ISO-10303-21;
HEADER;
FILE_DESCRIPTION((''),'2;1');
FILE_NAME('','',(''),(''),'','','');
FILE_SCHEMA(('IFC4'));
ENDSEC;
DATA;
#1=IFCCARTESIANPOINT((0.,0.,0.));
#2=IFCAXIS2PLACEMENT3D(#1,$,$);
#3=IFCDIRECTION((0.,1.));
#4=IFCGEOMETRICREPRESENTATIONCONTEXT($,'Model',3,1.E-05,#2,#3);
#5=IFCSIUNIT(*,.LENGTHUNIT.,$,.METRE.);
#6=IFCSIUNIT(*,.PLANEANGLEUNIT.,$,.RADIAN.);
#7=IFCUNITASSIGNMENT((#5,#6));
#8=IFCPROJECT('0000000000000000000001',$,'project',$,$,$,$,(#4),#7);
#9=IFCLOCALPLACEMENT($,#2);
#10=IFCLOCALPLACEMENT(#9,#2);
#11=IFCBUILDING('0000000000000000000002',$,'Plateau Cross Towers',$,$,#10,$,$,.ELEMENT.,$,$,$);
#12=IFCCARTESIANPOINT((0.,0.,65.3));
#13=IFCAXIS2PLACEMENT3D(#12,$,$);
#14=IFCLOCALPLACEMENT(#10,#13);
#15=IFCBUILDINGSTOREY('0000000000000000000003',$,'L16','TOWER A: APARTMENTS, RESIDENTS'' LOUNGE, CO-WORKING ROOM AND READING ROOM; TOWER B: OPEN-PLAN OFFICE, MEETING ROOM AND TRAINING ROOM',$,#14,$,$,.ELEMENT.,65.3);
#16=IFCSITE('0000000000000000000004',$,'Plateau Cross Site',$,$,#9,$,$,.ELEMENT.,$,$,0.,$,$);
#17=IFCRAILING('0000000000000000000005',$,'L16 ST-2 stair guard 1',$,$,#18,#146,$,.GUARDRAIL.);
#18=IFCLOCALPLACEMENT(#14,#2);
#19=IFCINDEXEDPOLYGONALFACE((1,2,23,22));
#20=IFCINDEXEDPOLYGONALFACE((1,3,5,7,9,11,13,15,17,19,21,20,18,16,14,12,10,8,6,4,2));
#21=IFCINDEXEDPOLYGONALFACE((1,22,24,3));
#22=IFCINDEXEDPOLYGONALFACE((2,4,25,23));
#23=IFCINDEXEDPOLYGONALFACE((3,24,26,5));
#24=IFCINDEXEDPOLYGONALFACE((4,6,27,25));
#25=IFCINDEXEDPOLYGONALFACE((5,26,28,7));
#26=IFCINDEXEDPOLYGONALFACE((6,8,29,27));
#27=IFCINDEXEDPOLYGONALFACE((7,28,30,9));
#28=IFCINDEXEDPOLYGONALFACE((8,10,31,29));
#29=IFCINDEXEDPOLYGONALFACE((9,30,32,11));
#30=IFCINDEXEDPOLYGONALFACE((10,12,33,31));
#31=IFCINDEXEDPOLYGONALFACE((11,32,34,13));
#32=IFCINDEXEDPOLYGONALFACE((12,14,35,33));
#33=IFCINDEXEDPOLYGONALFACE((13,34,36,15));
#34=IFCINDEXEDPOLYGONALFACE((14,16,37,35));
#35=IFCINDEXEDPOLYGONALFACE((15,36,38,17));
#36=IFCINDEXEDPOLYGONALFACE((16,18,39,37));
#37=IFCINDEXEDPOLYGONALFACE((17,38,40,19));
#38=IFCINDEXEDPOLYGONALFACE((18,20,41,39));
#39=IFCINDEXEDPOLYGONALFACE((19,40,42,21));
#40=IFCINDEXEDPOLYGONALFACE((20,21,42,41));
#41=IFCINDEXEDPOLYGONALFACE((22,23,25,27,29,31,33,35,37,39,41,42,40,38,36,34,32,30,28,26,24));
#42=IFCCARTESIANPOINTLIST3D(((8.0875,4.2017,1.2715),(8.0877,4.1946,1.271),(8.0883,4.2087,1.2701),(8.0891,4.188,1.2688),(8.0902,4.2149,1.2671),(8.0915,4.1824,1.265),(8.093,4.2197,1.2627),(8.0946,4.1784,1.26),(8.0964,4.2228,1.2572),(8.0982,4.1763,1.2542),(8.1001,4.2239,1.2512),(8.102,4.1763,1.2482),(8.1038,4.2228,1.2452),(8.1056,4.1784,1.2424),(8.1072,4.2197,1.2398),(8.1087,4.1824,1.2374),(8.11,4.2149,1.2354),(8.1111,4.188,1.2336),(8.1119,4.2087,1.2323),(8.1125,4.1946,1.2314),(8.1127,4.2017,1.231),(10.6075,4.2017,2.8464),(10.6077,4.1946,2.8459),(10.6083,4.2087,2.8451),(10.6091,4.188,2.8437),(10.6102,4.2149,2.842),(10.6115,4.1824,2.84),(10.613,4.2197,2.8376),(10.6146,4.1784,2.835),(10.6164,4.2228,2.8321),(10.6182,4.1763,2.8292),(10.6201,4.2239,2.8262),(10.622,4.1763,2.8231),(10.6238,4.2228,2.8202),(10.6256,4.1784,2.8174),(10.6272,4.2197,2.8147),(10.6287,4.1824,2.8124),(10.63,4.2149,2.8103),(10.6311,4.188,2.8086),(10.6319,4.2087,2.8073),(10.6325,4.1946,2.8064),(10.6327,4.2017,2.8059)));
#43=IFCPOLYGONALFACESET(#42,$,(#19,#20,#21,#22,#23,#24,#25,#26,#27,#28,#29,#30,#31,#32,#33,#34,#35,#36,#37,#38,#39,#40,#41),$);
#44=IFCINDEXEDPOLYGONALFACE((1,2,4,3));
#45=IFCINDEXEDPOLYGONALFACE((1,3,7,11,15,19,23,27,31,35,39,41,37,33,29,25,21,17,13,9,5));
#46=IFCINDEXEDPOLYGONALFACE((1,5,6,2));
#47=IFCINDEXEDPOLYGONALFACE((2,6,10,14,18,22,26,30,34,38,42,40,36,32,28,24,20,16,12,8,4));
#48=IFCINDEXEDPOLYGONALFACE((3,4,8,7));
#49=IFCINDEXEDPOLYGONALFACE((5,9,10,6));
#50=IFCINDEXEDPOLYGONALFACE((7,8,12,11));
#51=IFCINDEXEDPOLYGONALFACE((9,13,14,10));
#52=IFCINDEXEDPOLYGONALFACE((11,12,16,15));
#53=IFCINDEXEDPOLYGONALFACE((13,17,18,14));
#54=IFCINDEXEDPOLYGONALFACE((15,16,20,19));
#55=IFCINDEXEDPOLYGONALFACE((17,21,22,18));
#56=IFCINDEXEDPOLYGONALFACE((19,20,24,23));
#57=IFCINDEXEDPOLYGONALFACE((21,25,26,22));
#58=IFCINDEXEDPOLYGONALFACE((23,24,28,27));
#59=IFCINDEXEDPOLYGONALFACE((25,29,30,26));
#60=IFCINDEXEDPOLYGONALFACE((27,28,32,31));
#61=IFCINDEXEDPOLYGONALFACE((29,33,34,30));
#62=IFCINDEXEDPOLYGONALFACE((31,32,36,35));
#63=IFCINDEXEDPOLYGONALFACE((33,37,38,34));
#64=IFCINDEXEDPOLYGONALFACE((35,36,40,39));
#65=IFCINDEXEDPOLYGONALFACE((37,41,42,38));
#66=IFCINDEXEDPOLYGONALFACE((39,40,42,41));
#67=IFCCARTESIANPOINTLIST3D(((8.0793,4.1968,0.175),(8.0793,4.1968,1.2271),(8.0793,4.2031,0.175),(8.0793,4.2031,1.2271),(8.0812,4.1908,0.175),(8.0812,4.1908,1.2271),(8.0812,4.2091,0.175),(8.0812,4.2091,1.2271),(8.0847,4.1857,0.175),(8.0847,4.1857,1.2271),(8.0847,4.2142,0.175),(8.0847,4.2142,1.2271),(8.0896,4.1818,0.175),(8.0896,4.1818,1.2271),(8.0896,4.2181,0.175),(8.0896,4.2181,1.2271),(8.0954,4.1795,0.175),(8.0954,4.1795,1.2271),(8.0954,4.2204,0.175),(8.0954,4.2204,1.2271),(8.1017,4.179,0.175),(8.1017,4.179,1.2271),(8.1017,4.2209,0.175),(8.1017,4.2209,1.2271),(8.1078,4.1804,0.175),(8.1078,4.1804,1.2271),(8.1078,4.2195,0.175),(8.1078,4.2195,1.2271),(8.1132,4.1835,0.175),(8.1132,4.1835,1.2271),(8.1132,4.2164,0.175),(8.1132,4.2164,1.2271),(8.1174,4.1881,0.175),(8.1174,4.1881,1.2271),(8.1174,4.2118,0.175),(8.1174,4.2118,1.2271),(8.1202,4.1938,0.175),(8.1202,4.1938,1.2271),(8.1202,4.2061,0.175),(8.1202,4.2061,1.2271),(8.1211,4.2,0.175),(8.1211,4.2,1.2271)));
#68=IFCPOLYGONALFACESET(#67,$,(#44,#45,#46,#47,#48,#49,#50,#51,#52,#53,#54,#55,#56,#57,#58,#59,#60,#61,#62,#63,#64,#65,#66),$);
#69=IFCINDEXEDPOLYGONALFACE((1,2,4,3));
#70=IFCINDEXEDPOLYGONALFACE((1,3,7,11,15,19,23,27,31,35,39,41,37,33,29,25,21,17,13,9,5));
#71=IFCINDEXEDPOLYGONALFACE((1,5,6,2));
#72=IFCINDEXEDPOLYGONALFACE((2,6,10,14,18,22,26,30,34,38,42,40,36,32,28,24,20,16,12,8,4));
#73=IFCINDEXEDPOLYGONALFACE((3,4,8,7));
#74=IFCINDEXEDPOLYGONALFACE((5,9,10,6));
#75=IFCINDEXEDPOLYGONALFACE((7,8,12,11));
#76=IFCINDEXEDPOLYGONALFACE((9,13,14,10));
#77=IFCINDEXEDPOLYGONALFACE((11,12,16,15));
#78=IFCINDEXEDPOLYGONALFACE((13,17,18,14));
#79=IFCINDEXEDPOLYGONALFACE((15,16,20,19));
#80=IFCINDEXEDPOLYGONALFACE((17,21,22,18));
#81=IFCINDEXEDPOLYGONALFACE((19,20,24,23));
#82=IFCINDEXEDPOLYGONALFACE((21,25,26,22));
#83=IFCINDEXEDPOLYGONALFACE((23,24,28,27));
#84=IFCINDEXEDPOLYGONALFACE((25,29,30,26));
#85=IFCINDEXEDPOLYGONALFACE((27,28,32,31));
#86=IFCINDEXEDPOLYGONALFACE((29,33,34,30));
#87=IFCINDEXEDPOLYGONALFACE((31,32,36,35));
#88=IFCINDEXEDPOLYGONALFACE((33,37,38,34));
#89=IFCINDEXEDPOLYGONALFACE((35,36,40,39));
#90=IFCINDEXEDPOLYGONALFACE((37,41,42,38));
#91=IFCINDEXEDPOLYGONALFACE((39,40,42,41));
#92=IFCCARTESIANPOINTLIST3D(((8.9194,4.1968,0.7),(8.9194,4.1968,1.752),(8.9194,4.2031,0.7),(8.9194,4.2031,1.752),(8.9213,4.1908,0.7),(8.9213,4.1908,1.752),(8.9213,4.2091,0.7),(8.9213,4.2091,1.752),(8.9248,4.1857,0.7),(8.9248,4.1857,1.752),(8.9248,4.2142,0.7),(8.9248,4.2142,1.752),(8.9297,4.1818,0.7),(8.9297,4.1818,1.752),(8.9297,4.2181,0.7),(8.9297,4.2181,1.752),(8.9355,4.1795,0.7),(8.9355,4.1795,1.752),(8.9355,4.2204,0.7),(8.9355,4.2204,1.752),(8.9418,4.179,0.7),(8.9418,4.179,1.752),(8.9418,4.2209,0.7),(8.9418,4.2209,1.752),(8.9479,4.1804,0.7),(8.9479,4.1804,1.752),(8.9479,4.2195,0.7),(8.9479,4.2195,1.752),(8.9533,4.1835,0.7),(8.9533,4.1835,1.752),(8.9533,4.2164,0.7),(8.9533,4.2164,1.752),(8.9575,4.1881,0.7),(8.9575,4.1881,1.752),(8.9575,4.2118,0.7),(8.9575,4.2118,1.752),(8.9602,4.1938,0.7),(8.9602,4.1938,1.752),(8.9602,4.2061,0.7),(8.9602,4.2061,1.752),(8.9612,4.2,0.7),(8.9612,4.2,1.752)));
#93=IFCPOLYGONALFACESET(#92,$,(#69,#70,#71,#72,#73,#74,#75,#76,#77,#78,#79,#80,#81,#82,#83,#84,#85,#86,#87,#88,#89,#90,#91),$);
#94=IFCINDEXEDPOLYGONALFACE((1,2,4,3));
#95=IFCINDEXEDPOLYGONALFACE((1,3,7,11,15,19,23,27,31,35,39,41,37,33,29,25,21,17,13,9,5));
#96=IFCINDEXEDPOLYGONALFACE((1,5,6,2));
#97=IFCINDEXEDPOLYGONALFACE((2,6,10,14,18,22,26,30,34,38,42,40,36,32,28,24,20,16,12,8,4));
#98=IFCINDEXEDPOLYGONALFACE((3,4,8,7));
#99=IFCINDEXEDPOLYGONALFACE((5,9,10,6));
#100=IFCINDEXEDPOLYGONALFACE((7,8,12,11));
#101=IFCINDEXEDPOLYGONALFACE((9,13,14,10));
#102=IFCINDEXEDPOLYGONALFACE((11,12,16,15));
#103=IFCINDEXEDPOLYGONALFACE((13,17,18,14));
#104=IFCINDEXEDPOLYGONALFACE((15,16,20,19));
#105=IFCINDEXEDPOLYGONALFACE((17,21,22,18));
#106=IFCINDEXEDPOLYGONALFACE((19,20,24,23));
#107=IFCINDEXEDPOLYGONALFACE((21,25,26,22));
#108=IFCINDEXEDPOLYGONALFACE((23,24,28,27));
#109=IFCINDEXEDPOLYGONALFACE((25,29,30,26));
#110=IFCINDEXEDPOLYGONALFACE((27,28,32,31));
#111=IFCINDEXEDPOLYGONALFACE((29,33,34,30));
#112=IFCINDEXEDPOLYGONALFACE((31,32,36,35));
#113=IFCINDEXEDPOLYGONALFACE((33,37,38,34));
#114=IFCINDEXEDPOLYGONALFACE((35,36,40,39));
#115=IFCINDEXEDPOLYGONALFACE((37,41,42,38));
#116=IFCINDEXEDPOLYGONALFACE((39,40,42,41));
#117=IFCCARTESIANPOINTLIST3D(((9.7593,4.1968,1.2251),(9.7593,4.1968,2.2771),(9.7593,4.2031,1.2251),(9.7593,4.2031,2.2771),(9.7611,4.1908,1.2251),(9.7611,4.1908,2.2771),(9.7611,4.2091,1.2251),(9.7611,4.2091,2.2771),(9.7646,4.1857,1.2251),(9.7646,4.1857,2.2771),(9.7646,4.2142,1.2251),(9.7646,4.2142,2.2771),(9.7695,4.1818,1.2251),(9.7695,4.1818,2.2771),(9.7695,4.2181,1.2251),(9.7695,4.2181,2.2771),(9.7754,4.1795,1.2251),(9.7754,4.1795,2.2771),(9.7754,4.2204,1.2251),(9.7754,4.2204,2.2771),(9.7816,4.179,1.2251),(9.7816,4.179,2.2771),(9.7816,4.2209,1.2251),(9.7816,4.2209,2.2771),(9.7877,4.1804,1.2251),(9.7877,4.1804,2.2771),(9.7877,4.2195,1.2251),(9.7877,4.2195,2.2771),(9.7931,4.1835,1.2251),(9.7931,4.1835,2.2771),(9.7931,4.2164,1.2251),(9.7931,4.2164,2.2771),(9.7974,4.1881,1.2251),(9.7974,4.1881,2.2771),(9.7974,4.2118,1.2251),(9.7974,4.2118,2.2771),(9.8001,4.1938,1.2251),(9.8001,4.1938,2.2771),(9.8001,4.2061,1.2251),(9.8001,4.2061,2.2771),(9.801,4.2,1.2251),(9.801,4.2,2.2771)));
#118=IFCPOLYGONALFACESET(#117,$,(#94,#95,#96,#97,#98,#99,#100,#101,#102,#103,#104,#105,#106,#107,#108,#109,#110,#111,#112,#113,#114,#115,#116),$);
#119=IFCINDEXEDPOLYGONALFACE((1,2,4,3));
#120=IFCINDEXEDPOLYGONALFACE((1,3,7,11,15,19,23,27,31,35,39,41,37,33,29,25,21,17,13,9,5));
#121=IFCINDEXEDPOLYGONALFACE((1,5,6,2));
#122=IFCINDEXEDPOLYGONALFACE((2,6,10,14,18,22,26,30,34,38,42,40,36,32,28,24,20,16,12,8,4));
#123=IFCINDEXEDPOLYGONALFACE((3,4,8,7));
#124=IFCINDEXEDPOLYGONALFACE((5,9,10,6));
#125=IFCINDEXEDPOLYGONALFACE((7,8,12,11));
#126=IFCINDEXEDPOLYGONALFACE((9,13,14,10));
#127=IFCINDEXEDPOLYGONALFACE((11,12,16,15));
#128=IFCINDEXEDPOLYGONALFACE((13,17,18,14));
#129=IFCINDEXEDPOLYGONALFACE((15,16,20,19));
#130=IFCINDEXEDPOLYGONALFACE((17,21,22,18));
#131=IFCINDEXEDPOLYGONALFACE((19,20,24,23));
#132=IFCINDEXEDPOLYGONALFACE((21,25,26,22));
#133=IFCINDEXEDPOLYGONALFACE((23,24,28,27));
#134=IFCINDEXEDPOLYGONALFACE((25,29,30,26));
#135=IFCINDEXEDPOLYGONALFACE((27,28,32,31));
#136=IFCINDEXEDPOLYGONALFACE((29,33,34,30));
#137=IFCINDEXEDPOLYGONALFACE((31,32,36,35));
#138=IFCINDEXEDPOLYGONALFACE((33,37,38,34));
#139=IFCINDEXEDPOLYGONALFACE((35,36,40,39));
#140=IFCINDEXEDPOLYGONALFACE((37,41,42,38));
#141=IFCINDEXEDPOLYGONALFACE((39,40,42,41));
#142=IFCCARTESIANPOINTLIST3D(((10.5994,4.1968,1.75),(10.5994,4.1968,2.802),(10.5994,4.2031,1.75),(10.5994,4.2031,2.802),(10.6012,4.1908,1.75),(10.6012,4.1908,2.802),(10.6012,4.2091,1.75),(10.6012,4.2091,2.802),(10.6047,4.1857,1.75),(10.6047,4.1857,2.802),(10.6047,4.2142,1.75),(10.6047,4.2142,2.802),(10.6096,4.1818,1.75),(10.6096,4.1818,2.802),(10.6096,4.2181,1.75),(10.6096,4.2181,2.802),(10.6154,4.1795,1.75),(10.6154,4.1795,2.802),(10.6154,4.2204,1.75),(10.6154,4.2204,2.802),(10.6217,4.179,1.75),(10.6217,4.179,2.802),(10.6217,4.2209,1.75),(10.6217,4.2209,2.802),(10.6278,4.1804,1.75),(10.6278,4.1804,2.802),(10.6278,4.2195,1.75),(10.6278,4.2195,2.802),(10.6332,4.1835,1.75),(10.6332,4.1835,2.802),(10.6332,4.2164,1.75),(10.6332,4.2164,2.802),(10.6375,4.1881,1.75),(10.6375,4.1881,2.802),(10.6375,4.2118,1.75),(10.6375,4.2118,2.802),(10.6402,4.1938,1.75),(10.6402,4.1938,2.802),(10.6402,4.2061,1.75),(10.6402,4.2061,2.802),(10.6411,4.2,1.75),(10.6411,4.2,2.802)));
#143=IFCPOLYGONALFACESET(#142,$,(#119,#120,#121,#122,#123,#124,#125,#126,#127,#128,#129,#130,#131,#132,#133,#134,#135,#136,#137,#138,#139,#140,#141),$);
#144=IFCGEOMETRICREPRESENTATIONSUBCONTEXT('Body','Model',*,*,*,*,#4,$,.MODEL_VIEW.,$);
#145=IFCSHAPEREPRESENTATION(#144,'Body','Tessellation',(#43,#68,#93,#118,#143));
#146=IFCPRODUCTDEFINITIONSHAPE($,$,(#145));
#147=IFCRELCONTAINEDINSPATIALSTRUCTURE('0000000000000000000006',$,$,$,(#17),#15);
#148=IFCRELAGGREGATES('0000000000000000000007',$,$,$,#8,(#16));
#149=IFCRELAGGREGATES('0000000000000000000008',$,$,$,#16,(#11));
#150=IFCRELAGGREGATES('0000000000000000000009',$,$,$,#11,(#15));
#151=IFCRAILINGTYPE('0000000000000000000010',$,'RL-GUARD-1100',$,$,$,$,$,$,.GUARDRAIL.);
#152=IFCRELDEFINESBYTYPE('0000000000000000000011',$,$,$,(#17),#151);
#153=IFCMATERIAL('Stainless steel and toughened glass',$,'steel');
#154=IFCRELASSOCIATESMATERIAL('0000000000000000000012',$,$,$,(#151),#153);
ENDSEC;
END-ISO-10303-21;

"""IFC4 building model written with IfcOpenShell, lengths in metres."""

from ifc_helpers import new_model, si_unit, direction, frame, origin, origin_2d, place, context, subcontext, project, spatial, circle, extrude, material, type_object, element, save


model = new_model("IFC4")

# Units and contexts
model_context = context("Model", 3, precision=1e-05, world=origin(), true_north=direction((0.0, 1.0)))
body_context = subcontext(model_context, "Body", "Model", "MODEL_VIEW")
ifc_project = project(units=[si_unit("LENGTHUNIT", "METRE"), si_unit("PLANEANGLEUNIT", "RADIAN")], contexts=[model_context])

# Site, building, storey
site_placement = place(None, origin())
site = spatial("IfcSite", under=ifc_project, at=site_placement, Name="Plateau Cross Site", CompositionType="ELEMENT", RefElevation=0.0)
building_placement = place(site_placement, origin())
building = spatial("IfcBuilding", under=site, at=building_placement, Name="Plateau Cross Towers", CompositionType="ELEMENT")
storey_placement = place(building_placement, frame((0.0, 0.0, 65.3)))
storey = spatial("IfcBuildingStorey", under=building, at=storey_placement, Name="L16", Description="TOWER A: APARTMENTS, RESIDENTS' LOUNGE, CO-WORKING ROOM AND READING ROOM; TOWER B: OPEN-PLAN OFFICE, MEETING ROOM AND TRAINING ROOM", CompositionType="ELEMENT", Elevation=65.3)

# Railing
ifc_material_1 = material(Name="Stainless steel and toughened glass", Category="steel")
railing_type_1 = type_object("IfcRailingType", Name="RL-GUARD-1100", PredefinedType="GUARDRAIL", material=ifc_material_1)
railing_1_placement = place(storey_placement, frame((8.1001, 4.2, 0.175)))
element("IfcRailing", 1, at=railing_1_placement, inside=storey, type_object=railing_type_1, Name="L16 ST-2 stair guard 1", PredefinedType="GUARDRAIL", context=body_context, shape_type="SweptSolid", body=[
    extrude(circle(Radius=0.0239, at=origin_2d()), frame((0.0, 0.0, 1.0762), z_axis=(0.848008, 0.0, 0.529984), x_axis=(0.0, 1.0, 0.0)), (0.0, 0.0, 1.0), 2.9717),
    extrude(circle(Radius=0.021, at=origin_2d()), origin(), (0.0, 0.0, 1.0), 1.052),
    extrude(circle(Radius=0.021, at=origin_2d()), frame((0.8401, 0.0, 0.5249)), (0.0, 0.0, 1.0), 1.052),
    extrude(circle(Radius=0.021, at=origin_2d()), frame((1.6799, 0.0, 1.05)), (0.0, 0.0, 1.0), 1.052),
    extrude(circle(Radius=0.021, at=origin_2d()), frame((2.52, 0.0, 1.575)), (0.0, 0.0, 1.0), 1.052),
])

save(model, "model.ifc")
